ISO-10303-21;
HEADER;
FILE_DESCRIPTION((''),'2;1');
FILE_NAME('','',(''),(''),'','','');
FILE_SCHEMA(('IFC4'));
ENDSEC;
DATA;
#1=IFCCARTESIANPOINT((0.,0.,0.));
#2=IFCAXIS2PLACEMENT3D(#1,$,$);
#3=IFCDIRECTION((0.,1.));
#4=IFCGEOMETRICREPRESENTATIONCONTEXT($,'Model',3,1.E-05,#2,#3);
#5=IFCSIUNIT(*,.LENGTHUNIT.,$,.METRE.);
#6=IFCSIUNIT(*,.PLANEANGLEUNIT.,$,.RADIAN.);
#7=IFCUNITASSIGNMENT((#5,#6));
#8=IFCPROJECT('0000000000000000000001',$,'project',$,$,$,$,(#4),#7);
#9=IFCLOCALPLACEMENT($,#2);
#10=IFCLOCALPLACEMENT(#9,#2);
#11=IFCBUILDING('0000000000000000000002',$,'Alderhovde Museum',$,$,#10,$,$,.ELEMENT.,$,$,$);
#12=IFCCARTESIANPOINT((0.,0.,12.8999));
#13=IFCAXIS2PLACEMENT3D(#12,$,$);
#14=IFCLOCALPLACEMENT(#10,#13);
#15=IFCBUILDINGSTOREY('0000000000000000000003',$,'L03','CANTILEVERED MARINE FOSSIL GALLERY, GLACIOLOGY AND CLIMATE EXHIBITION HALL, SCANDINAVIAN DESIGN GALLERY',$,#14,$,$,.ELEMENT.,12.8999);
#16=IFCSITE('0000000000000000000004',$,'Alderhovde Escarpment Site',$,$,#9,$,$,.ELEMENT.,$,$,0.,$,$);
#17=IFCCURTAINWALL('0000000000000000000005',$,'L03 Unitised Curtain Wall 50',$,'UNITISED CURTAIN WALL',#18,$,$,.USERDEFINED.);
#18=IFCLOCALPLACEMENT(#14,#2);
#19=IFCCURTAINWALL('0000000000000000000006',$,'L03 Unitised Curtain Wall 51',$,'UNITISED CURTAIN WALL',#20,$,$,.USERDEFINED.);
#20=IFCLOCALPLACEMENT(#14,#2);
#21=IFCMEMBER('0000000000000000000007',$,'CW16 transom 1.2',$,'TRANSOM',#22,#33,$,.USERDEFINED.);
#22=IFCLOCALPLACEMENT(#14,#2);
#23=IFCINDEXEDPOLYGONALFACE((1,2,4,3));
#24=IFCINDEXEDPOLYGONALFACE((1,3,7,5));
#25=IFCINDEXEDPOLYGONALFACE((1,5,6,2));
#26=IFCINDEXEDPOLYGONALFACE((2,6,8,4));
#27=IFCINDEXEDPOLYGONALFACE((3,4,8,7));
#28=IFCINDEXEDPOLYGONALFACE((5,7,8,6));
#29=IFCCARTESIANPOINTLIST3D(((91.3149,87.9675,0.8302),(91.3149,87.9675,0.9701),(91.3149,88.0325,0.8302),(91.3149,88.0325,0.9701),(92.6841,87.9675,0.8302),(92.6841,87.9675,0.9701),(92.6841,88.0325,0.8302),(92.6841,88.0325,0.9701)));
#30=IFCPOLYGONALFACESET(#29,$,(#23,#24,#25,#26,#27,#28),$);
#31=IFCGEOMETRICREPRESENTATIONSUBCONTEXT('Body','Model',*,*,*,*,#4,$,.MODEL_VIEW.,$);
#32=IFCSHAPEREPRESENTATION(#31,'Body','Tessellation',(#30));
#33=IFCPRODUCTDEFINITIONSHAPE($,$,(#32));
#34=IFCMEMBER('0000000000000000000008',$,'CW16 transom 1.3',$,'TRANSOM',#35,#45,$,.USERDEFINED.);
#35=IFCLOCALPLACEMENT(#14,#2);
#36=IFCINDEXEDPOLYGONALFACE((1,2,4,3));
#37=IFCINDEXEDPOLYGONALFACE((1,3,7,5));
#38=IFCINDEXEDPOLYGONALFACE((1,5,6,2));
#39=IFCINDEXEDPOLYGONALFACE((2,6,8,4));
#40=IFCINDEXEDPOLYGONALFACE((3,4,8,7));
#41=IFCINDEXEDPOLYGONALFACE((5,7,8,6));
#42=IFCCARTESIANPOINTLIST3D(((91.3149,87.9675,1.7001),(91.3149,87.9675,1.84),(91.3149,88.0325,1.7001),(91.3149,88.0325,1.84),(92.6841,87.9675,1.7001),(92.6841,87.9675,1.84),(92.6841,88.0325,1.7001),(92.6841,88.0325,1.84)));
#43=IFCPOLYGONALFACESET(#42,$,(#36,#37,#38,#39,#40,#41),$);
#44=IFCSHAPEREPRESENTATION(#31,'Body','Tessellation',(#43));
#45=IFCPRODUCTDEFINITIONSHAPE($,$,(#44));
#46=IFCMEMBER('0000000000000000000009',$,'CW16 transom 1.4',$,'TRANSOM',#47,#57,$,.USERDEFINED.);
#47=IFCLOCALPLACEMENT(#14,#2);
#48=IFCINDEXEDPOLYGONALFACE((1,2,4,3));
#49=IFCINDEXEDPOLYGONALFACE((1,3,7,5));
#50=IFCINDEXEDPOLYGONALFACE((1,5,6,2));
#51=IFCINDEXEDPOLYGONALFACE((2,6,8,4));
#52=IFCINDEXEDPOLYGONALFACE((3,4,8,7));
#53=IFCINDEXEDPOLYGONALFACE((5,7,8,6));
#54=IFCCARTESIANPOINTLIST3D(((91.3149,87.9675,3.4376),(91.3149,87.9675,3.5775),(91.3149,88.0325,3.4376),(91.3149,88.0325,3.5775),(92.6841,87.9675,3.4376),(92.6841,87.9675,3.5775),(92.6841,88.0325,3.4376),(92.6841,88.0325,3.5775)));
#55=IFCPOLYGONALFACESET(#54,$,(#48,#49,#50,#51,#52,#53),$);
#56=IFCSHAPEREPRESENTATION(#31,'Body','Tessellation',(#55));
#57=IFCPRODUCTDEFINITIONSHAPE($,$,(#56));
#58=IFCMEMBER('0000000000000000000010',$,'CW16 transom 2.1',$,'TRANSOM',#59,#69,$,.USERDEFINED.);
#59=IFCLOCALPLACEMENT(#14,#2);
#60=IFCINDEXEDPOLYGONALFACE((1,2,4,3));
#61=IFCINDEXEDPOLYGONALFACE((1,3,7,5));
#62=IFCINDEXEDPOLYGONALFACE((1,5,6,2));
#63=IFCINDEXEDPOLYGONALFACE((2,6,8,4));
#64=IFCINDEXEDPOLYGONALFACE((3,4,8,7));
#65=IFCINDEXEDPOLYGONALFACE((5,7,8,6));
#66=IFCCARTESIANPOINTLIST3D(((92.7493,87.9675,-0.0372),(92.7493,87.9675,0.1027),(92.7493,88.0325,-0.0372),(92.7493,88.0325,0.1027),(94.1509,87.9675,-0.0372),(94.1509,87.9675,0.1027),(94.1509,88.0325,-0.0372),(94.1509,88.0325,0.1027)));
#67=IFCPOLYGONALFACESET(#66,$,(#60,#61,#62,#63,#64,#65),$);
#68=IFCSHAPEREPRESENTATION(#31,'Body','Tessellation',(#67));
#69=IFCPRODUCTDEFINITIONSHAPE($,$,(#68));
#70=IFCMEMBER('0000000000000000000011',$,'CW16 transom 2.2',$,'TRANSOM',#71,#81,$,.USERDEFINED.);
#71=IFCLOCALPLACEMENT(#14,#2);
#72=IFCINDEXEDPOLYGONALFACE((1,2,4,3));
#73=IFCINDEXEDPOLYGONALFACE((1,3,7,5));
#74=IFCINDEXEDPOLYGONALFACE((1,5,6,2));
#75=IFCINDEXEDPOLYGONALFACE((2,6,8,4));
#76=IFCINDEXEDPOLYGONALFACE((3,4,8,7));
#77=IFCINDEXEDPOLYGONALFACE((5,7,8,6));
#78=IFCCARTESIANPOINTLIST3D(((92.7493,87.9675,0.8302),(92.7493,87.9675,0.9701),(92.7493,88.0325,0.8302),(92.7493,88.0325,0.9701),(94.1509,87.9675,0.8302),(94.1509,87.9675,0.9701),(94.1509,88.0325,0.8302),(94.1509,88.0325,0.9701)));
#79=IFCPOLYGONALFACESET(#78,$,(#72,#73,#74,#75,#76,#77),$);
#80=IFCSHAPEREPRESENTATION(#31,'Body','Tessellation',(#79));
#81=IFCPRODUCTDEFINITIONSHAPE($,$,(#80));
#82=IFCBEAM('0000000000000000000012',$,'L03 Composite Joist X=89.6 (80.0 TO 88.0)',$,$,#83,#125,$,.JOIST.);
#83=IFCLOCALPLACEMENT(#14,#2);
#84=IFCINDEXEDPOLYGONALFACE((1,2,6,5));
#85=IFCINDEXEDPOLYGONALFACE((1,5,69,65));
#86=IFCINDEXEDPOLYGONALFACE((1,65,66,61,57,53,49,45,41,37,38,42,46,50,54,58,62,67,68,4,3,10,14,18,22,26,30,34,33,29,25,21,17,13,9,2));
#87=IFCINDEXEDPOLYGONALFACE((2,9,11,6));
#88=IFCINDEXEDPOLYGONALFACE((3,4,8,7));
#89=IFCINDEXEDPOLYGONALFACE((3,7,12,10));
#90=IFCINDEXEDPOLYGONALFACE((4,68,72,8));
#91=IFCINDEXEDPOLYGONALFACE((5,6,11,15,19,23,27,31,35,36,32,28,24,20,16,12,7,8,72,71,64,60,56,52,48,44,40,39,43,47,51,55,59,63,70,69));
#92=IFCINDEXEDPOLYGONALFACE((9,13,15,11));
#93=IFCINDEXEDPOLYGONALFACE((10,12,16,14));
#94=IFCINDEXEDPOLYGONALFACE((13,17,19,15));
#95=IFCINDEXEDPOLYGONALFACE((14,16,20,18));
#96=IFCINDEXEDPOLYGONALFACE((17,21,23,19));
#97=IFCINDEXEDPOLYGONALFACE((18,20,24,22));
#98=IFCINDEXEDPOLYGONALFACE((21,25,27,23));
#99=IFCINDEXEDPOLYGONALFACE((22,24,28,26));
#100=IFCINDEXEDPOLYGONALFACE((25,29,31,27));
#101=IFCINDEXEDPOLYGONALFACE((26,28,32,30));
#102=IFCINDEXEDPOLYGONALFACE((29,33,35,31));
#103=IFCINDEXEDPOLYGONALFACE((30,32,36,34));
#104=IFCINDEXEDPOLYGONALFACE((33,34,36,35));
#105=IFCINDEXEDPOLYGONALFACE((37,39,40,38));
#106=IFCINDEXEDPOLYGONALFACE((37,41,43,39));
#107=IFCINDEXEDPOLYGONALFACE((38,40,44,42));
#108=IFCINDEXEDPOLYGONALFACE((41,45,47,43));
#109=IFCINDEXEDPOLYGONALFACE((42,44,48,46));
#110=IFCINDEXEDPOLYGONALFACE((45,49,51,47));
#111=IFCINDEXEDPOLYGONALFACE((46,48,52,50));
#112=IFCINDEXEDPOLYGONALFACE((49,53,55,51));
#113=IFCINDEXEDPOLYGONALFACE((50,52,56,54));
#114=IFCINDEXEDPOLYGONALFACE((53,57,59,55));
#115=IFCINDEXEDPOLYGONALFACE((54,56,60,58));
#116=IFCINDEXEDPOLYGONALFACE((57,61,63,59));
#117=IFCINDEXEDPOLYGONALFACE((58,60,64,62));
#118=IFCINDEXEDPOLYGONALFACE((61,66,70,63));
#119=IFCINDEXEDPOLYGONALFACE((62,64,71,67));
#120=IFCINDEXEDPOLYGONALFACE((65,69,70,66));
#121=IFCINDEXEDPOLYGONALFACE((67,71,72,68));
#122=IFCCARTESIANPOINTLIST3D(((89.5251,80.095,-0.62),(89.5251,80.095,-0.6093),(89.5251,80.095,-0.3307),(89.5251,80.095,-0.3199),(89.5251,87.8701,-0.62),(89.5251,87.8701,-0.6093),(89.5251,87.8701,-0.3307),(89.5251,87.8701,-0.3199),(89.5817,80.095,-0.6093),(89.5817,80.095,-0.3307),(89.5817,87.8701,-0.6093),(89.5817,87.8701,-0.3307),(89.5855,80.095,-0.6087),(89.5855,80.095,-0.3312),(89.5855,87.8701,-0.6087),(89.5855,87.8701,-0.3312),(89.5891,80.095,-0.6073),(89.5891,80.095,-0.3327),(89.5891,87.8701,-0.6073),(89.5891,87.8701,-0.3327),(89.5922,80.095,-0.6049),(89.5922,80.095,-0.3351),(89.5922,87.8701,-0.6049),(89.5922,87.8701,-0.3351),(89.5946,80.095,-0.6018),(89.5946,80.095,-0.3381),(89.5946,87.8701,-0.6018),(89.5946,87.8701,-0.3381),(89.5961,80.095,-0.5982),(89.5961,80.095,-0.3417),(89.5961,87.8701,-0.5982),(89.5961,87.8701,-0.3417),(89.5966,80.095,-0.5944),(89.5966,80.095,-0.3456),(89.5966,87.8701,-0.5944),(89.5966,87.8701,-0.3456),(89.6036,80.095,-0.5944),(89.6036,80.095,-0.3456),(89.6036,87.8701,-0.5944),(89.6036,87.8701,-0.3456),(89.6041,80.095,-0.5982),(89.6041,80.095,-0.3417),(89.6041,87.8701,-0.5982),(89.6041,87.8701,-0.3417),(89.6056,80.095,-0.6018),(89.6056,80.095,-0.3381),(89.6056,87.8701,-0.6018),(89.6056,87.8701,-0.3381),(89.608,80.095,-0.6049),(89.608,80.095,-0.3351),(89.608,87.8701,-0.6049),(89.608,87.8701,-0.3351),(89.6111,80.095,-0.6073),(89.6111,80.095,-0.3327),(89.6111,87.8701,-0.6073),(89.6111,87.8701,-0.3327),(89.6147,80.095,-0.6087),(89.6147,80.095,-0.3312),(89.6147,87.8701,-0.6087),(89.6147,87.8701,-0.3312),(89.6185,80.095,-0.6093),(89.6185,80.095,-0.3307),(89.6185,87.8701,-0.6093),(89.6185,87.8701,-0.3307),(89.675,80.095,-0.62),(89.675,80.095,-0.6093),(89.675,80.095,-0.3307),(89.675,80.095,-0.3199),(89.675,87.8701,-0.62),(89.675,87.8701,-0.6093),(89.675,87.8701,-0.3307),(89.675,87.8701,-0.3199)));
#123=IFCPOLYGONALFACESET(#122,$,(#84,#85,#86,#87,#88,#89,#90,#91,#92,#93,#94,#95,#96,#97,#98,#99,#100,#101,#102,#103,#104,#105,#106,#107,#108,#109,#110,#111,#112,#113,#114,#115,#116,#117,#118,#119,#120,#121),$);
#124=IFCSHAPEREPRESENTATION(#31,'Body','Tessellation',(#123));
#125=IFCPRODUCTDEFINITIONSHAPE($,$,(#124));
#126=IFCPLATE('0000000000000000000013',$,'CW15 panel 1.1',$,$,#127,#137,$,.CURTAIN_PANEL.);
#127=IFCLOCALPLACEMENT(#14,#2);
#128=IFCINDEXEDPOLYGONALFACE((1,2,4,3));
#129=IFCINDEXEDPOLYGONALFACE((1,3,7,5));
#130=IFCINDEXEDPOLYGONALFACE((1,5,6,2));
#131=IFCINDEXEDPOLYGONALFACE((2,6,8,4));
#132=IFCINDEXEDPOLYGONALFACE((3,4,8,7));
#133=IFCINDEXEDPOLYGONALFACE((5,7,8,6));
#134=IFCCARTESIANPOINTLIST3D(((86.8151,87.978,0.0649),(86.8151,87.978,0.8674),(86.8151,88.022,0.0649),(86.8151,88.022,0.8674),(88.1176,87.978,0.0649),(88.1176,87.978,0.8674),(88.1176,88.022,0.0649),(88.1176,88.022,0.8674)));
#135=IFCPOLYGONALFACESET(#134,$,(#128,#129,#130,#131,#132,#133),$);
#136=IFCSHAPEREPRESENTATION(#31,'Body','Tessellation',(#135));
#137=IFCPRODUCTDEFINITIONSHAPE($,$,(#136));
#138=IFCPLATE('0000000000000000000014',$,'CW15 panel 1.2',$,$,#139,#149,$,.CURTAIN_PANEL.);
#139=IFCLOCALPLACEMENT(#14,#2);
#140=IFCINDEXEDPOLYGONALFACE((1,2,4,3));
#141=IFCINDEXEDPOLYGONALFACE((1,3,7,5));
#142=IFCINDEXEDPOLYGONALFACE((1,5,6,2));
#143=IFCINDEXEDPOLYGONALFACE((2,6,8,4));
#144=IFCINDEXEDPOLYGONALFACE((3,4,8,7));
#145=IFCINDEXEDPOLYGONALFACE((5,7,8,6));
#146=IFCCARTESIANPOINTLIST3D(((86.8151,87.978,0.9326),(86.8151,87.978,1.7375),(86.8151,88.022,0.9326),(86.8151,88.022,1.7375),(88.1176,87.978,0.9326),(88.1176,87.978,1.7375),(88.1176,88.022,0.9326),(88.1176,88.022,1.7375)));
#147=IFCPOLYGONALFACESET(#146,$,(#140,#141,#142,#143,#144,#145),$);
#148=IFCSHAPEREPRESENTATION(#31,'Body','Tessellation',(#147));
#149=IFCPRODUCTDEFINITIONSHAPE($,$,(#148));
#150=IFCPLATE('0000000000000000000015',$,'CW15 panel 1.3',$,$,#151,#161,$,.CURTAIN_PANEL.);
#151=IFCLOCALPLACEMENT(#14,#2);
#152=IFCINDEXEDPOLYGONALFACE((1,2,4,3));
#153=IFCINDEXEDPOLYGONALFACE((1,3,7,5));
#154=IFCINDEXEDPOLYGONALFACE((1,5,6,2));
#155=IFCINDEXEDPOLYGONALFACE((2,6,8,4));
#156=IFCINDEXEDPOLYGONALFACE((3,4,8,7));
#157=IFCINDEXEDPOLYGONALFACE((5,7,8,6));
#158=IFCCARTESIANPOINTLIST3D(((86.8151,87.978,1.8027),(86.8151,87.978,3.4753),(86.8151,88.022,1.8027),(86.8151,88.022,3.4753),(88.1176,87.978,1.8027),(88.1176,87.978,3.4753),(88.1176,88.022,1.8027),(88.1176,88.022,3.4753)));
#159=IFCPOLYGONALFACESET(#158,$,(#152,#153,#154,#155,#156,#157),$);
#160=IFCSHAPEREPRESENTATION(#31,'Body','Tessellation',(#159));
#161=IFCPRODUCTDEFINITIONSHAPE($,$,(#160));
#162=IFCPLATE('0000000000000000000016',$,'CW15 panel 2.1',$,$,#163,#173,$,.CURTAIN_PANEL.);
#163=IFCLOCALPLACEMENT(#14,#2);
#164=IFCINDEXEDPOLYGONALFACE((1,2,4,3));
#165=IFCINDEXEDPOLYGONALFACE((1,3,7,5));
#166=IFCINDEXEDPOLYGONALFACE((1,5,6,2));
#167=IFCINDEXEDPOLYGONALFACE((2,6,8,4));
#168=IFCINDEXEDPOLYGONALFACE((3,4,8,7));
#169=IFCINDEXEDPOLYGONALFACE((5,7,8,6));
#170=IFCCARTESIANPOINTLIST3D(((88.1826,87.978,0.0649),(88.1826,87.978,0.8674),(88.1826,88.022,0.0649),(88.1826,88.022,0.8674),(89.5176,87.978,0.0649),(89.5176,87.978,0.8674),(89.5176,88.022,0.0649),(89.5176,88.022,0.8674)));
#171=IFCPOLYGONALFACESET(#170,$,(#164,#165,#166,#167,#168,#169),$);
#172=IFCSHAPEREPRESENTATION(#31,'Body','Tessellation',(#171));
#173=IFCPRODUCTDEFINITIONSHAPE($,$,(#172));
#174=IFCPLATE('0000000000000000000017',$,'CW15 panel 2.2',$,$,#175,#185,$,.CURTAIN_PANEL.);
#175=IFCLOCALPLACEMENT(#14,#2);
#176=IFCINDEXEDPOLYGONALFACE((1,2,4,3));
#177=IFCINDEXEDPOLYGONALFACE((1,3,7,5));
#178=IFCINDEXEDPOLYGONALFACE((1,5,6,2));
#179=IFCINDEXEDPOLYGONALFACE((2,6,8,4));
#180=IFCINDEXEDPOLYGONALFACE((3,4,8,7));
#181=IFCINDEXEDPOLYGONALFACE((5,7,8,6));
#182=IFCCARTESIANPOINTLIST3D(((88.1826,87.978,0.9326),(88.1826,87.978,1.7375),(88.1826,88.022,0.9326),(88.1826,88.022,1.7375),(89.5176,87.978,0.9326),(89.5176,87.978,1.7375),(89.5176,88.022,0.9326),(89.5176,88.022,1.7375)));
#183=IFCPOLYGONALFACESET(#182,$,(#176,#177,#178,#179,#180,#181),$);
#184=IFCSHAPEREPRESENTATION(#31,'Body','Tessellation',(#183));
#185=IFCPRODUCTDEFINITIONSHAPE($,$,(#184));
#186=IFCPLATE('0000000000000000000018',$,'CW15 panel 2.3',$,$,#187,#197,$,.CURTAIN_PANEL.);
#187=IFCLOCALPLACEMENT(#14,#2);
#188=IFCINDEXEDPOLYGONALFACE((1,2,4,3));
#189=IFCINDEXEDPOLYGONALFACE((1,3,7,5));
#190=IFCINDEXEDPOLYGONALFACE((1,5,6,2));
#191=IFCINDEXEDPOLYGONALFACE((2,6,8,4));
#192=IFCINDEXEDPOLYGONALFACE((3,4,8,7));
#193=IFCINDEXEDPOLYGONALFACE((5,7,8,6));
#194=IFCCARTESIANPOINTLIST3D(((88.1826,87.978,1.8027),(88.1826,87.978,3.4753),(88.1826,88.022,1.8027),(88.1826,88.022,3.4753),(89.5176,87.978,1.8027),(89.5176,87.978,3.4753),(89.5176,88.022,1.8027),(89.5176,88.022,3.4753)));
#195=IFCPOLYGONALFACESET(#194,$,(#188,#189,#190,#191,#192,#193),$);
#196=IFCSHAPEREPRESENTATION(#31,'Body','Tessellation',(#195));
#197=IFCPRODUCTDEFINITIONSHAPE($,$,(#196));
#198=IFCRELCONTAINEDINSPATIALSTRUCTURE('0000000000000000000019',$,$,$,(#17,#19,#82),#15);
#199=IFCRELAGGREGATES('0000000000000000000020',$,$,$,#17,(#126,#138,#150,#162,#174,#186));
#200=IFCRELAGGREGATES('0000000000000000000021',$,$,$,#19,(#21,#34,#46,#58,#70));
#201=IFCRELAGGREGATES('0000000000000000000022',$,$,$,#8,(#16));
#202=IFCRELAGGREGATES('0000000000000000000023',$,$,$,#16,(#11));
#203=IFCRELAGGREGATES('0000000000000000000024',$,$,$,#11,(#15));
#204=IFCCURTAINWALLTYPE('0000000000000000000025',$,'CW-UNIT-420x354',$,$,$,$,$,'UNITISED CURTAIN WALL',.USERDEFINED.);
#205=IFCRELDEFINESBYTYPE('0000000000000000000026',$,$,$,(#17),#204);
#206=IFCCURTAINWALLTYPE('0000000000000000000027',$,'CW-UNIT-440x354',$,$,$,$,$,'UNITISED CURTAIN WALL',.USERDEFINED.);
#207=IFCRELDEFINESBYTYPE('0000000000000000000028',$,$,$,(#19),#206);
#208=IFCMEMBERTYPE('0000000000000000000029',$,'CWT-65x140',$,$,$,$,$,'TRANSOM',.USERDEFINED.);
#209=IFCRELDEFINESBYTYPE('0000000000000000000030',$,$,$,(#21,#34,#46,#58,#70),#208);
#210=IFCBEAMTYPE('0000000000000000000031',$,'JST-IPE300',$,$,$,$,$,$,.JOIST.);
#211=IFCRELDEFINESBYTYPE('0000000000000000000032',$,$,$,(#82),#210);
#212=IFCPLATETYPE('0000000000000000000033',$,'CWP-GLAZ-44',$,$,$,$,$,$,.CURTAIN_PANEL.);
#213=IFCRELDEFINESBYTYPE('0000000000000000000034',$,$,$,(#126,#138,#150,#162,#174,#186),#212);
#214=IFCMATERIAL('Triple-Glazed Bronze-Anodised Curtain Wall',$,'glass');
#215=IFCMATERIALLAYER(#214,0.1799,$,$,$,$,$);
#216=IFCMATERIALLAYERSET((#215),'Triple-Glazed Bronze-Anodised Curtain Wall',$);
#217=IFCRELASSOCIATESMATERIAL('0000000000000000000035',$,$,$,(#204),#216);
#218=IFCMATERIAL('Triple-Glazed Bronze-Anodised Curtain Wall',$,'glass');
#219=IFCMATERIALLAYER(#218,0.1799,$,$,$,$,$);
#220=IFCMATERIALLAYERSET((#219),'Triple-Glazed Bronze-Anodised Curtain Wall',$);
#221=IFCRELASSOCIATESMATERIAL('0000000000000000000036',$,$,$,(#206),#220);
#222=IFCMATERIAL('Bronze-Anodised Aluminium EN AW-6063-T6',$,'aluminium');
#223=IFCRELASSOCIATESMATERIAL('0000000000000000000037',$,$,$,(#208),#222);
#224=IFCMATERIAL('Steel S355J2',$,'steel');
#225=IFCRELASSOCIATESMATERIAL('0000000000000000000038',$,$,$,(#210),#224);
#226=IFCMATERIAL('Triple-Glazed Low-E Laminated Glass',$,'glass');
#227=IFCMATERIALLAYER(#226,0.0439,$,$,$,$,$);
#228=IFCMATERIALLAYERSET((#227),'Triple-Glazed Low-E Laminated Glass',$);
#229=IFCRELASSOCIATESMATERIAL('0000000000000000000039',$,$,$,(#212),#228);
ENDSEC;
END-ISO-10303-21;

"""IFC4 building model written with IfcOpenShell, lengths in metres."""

from ifc_helpers import new_model, si_unit, direction, frame, origin, origin_2d, place, context, subcontext, project, spatial, rectangle, i_section, extrude, material, layer, layer_set, material_profile, profile_set, type_object, element, aggregate, save


model = new_model("IFC4")

# Units and contexts
model_context = context("Model", 3, precision=1e-05, world=origin(), true_north=direction((0.0, 1.0)))
body_context = subcontext(model_context, "Body", "Model", "MODEL_VIEW")
ifc_project = project(units=[si_unit("LENGTHUNIT", "METRE"), si_unit("PLANEANGLEUNIT", "RADIAN")], contexts=[model_context])

# Site, building, storey
site_placement = place(None, origin())
site = spatial("IfcSite", under=ifc_project, at=site_placement, Name="Alderhovde Escarpment Site", CompositionType="ELEMENT", RefElevation=0.0)
building_placement = place(site_placement, origin())
building = spatial("IfcBuilding", under=site, at=building_placement, Name="Alderhovde Museum", CompositionType="ELEMENT")
storey_placement = place(building_placement, frame((0.0, 0.0, 12.8999)))
storey = spatial("IfcBuildingStorey", under=building, at=storey_placement, Name="L03", Description="CANTILEVERED MARINE FOSSIL GALLERY, GLACIOLOGY AND CLIMATE EXHIBITION HALL, SCANDINAVIAN DESIGN GALLERY", CompositionType="ELEMENT", Elevation=12.8999)

# Curtain walls
ifc_material_1 = material(Name="Triple-Glazed Bronze-Anodised Curtain Wall", Category="glass")
ifc_layer_1 = layer(ifc_material_1, 0.1799)
ifc_layer_set_1 = layer_set([ifc_layer_1], Name="Triple-Glazed Bronze-Anodised Curtain Wall")
curtain_wall_type_1 = type_object("IfcCurtainWallType", Name="CW-UNIT-420x354", ElementType="UNITISED CURTAIN WALL", PredefinedType="USERDEFINED", material=ifc_layer_set_1)
curtain_wall_1_placement = place(storey_placement, origin())
curtain_wall_1 = element("IfcCurtainWall", 1, at=curtain_wall_1_placement, inside=storey, type_object=curtain_wall_type_1, Name="L03 Unitised Curtain Wall 50", ObjectType="UNITISED CURTAIN WALL", PredefinedType="USERDEFINED")
ifc_material_2 = material(Name="Triple-Glazed Bronze-Anodised Curtain Wall", Category="glass")
ifc_layer_2 = layer(ifc_material_2, 0.1799)
ifc_layer_set_2 = layer_set([ifc_layer_2], Name="Triple-Glazed Bronze-Anodised Curtain Wall")
curtain_wall_type_2 = type_object("IfcCurtainWallType", Name="CW-UNIT-440x354", ElementType="UNITISED CURTAIN WALL", PredefinedType="USERDEFINED", material=ifc_layer_set_2)
curtain_wall_2_placement = place(storey_placement, origin())
curtain_wall_2 = element("IfcCurtainWall", 2, at=curtain_wall_2_placement, inside=storey, type_object=curtain_wall_type_2, Name="L03 Unitised Curtain Wall 51", ObjectType="UNITISED CURTAIN WALL", PredefinedType="USERDEFINED")

# Members
ifc_material_3 = material(Name="Bronze-Anodised Aluminium EN AW-6063-T6", Category="aluminium")
ifc_material_profile_1 = material_profile(ifc_material_3, rectangle(XDim=0.0649, YDim=0.1399, at=origin_2d()), Name="TRANSOM 65x140")
ifc_profile_set_1 = profile_set([ifc_material_profile_1], Name="Bronze-Anodised Aluminium EN AW-6063-T6")
member_type_1 = type_object("IfcMemberType", Name="CWT-65x140", ElementType="TRANSOM", PredefinedType="USERDEFINED", material=ifc_profile_set_1)
member_1_placement = place(storey_placement, frame((91.3149, 88.0, 0.9001), z_axis=(1.0, 0.0, 0.0), x_axis=(0.0, 1.0, 0.0)))
member_1 = element("IfcMember", 3, at=member_1_placement, type_object=member_type_1, Name="CW16 transom 1.2", ObjectType="TRANSOM", PredefinedType="USERDEFINED", context=body_context, shape_type="SweptSolid", body=[
    extrude(rectangle(XDim=0.0649, YDim=0.1399, at=origin_2d()), origin(), (0.0, 0.0, 1.0), 1.3691),
])
member_2_placement = place(storey_placement, frame((91.3149, 88.0, 1.77), z_axis=(1.0, 0.0, 0.0), x_axis=(0.0, 1.0, 0.0)))
member_2 = element("IfcMember", 4, at=member_2_placement, type_object=member_type_1, Name="CW16 transom 1.3", ObjectType="TRANSOM", PredefinedType="USERDEFINED", context=body_context, shape_type="SweptSolid", body=[
    extrude(rectangle(XDim=0.0649, YDim=0.1399, at=origin_2d()), origin(), (0.0, 0.0, 1.0), 1.3691),
])
member_3_placement = place(storey_placement, frame((91.3149, 88.0, 3.5076), z_axis=(1.0, 0.0, 0.0), x_axis=(0.0, 1.0, 0.0)))
member_3 = element("IfcMember", 5, at=member_3_placement, type_object=member_type_1, Name="CW16 transom 1.4", ObjectType="TRANSOM", PredefinedType="USERDEFINED", context=body_context, shape_type="SweptSolid", body=[
    extrude(rectangle(XDim=0.0649, YDim=0.1399, at=origin_2d()), origin(), (0.0, 0.0, 1.0), 1.3691),
])
member_4_placement = place(storey_placement, frame((92.7493, 88.0, 0.0327), z_axis=(1.0, 0.0, 0.0), x_axis=(0.0, 1.0, 0.0)))
member_4 = element("IfcMember", 6, at=member_4_placement, type_object=member_type_1, Name="CW16 transom 2.1", ObjectType="TRANSOM", PredefinedType="USERDEFINED", context=body_context, shape_type="SweptSolid", body=[
    extrude(rectangle(XDim=0.0649, YDim=0.1399, at=origin_2d()), origin(), (0.0, 0.0, 1.0), 1.4016),
])
member_5_placement = place(storey_placement, frame((92.7493, 88.0, 0.9001), z_axis=(1.0, 0.0, 0.0), x_axis=(0.0, 1.0, 0.0)))
member_5 = element("IfcMember", 7, at=member_5_placement, type_object=member_type_1, Name="CW16 transom 2.2", ObjectType="TRANSOM", PredefinedType="USERDEFINED", context=body_context, shape_type="SweptSolid", body=[
    extrude(rectangle(XDim=0.0649, YDim=0.1399, at=origin_2d()), origin(), (0.0, 0.0, 1.0), 1.4016),
])

# Beam
ifc_material_4 = material(Name="Steel S355J2", Category="steel")
ifc_material_profile_2 = material_profile(ifc_material_4, i_section(OverallWidth=0.1499, OverallDepth=0.3, WebThickness=0.0071, FlangeThickness=0.0107, FilletRadius=0.0149, at=origin_2d()), Name="IPE 300")
ifc_profile_set_2 = profile_set([ifc_material_profile_2], Name="Steel S355J2")
beam_type = type_object("IfcBeamType", Name="JST-IPE300", PredefinedType="JOIST", material=ifc_profile_set_2)
beam_placement = place(storey_placement, frame((89.6001, 80.095, -0.47), z_axis=(0.0, 1.0, 0.0), x_axis=(-1.0, 0.0, 0.0)))
element("IfcBeam", 8, at=beam_placement, inside=storey, type_object=beam_type, Name="L03 Composite Joist X=89.6 (80.0 TO 88.0)", PredefinedType="JOIST", context=body_context, shape_type="SweptSolid", body=[
    extrude(i_section(OverallWidth=0.1499, OverallDepth=0.3, WebThickness=0.0071, FlangeThickness=0.0107, FilletRadius=0.0149, at=origin_2d()), origin(), (0.0, 0.0, 1.0), 7.7751),
])

# Plates
ifc_material_5 = material(Name="Triple-Glazed Low-E Laminated Glass", Category="glass")
ifc_layer_3 = layer(ifc_material_5, 0.0439)
ifc_layer_set_3 = layer_set([ifc_layer_3], Name="Triple-Glazed Low-E Laminated Glass")
plate_type_1 = type_object("IfcPlateType", Name="CWP-GLAZ-44", PredefinedType="CURTAIN_PANEL", material=ifc_layer_set_3)
plate_1_placement = place(storey_placement, frame((87.4663, 88.0, 0.0649), z_axis=(0.0, 0.0, 1.0), x_axis=(1.0, 0.0, 0.0)))
plate_1 = element("IfcPlate", 9, at=plate_1_placement, type_object=plate_type_1, Name="CW15 panel 1.1", PredefinedType="CURTAIN_PANEL", context=body_context, shape_type="SweptSolid", body=[
    extrude(rectangle(XDim=1.3025, YDim=0.0439, at=origin_2d()), origin(), (0.0, 0.0, 1.0), 0.8025),
])
plate_2_placement = place(storey_placement, frame((87.4663, 88.0, 0.9326), z_axis=(0.0, 0.0, 1.0), x_axis=(1.0, 0.0, 0.0)))
plate_2 = element("IfcPlate", 10, at=plate_2_placement, type_object=plate_type_1, Name="CW15 panel 1.2", PredefinedType="CURTAIN_PANEL", context=body_context, shape_type="SweptSolid", body=[
    extrude(rectangle(XDim=1.3025, YDim=0.0439, at=origin_2d()), origin(), (0.0, 0.0, 1.0), 0.8049),
])
plate_3_placement = place(storey_placement, frame((87.4663, 88.0, 1.8027), z_axis=(0.0, 0.0, 1.0), x_axis=(1.0, 0.0, 0.0)))
plate_3 = element("IfcPlate", 11, at=plate_3_placement, type_object=plate_type_1, Name="CW15 panel 1.3", PredefinedType="CURTAIN_PANEL", context=body_context, shape_type="SweptSolid", body=[
    extrude(rectangle(XDim=1.3025, YDim=0.0439, at=origin_2d()), origin(), (0.0, 0.0, 1.0), 1.6726),
])
plate_4_placement = place(storey_placement, frame((88.8501, 88.0, 0.0649), z_axis=(0.0, 0.0, 1.0), x_axis=(1.0, 0.0, 0.0)))
plate_4 = element("IfcPlate", 12, at=plate_4_placement, type_object=plate_type_1, Name="CW15 panel 2.1", PredefinedType="CURTAIN_PANEL", context=body_context, shape_type="SweptSolid", body=[
    extrude(rectangle(XDim=1.335, YDim=0.0439, at=origin_2d()), origin(), (0.0, 0.0, 1.0), 0.8025),
])
plate_5_placement = place(storey_placement, frame((88.8501, 88.0, 0.9326), z_axis=(0.0, 0.0, 1.0), x_axis=(1.0, 0.0, 0.0)))
plate_5 = element("IfcPlate", 13, at=plate_5_placement, type_object=plate_type_1, Name="CW15 panel 2.2", PredefinedType="CURTAIN_PANEL", context=body_context, shape_type="SweptSolid", body=[
    extrude(rectangle(XDim=1.335, YDim=0.0439, at=origin_2d()), origin(), (0.0, 0.0, 1.0), 0.8049),
])
plate_6_placement = place(storey_placement, frame((88.8501, 88.0, 1.8027), z_axis=(0.0, 0.0, 1.0), x_axis=(1.0, 0.0, 0.0)))
plate_6 = element("IfcPlate", 14, at=plate_6_placement, type_object=plate_type_1, Name="CW15 panel 2.3", PredefinedType="CURTAIN_PANEL", context=body_context, shape_type="SweptSolid", body=[
    extrude(rectangle(XDim=1.335, YDim=0.0439, at=origin_2d()), origin(), (0.0, 0.0, 1.0), 1.6726),
])
aggregate(curtain_wall_1, [plate_1, plate_2, plate_3, plate_4, plate_5, plate_6])
aggregate(curtain_wall_2, [member_1, member_2, member_3, member_4, member_5])

save(model, "model.ifc")
